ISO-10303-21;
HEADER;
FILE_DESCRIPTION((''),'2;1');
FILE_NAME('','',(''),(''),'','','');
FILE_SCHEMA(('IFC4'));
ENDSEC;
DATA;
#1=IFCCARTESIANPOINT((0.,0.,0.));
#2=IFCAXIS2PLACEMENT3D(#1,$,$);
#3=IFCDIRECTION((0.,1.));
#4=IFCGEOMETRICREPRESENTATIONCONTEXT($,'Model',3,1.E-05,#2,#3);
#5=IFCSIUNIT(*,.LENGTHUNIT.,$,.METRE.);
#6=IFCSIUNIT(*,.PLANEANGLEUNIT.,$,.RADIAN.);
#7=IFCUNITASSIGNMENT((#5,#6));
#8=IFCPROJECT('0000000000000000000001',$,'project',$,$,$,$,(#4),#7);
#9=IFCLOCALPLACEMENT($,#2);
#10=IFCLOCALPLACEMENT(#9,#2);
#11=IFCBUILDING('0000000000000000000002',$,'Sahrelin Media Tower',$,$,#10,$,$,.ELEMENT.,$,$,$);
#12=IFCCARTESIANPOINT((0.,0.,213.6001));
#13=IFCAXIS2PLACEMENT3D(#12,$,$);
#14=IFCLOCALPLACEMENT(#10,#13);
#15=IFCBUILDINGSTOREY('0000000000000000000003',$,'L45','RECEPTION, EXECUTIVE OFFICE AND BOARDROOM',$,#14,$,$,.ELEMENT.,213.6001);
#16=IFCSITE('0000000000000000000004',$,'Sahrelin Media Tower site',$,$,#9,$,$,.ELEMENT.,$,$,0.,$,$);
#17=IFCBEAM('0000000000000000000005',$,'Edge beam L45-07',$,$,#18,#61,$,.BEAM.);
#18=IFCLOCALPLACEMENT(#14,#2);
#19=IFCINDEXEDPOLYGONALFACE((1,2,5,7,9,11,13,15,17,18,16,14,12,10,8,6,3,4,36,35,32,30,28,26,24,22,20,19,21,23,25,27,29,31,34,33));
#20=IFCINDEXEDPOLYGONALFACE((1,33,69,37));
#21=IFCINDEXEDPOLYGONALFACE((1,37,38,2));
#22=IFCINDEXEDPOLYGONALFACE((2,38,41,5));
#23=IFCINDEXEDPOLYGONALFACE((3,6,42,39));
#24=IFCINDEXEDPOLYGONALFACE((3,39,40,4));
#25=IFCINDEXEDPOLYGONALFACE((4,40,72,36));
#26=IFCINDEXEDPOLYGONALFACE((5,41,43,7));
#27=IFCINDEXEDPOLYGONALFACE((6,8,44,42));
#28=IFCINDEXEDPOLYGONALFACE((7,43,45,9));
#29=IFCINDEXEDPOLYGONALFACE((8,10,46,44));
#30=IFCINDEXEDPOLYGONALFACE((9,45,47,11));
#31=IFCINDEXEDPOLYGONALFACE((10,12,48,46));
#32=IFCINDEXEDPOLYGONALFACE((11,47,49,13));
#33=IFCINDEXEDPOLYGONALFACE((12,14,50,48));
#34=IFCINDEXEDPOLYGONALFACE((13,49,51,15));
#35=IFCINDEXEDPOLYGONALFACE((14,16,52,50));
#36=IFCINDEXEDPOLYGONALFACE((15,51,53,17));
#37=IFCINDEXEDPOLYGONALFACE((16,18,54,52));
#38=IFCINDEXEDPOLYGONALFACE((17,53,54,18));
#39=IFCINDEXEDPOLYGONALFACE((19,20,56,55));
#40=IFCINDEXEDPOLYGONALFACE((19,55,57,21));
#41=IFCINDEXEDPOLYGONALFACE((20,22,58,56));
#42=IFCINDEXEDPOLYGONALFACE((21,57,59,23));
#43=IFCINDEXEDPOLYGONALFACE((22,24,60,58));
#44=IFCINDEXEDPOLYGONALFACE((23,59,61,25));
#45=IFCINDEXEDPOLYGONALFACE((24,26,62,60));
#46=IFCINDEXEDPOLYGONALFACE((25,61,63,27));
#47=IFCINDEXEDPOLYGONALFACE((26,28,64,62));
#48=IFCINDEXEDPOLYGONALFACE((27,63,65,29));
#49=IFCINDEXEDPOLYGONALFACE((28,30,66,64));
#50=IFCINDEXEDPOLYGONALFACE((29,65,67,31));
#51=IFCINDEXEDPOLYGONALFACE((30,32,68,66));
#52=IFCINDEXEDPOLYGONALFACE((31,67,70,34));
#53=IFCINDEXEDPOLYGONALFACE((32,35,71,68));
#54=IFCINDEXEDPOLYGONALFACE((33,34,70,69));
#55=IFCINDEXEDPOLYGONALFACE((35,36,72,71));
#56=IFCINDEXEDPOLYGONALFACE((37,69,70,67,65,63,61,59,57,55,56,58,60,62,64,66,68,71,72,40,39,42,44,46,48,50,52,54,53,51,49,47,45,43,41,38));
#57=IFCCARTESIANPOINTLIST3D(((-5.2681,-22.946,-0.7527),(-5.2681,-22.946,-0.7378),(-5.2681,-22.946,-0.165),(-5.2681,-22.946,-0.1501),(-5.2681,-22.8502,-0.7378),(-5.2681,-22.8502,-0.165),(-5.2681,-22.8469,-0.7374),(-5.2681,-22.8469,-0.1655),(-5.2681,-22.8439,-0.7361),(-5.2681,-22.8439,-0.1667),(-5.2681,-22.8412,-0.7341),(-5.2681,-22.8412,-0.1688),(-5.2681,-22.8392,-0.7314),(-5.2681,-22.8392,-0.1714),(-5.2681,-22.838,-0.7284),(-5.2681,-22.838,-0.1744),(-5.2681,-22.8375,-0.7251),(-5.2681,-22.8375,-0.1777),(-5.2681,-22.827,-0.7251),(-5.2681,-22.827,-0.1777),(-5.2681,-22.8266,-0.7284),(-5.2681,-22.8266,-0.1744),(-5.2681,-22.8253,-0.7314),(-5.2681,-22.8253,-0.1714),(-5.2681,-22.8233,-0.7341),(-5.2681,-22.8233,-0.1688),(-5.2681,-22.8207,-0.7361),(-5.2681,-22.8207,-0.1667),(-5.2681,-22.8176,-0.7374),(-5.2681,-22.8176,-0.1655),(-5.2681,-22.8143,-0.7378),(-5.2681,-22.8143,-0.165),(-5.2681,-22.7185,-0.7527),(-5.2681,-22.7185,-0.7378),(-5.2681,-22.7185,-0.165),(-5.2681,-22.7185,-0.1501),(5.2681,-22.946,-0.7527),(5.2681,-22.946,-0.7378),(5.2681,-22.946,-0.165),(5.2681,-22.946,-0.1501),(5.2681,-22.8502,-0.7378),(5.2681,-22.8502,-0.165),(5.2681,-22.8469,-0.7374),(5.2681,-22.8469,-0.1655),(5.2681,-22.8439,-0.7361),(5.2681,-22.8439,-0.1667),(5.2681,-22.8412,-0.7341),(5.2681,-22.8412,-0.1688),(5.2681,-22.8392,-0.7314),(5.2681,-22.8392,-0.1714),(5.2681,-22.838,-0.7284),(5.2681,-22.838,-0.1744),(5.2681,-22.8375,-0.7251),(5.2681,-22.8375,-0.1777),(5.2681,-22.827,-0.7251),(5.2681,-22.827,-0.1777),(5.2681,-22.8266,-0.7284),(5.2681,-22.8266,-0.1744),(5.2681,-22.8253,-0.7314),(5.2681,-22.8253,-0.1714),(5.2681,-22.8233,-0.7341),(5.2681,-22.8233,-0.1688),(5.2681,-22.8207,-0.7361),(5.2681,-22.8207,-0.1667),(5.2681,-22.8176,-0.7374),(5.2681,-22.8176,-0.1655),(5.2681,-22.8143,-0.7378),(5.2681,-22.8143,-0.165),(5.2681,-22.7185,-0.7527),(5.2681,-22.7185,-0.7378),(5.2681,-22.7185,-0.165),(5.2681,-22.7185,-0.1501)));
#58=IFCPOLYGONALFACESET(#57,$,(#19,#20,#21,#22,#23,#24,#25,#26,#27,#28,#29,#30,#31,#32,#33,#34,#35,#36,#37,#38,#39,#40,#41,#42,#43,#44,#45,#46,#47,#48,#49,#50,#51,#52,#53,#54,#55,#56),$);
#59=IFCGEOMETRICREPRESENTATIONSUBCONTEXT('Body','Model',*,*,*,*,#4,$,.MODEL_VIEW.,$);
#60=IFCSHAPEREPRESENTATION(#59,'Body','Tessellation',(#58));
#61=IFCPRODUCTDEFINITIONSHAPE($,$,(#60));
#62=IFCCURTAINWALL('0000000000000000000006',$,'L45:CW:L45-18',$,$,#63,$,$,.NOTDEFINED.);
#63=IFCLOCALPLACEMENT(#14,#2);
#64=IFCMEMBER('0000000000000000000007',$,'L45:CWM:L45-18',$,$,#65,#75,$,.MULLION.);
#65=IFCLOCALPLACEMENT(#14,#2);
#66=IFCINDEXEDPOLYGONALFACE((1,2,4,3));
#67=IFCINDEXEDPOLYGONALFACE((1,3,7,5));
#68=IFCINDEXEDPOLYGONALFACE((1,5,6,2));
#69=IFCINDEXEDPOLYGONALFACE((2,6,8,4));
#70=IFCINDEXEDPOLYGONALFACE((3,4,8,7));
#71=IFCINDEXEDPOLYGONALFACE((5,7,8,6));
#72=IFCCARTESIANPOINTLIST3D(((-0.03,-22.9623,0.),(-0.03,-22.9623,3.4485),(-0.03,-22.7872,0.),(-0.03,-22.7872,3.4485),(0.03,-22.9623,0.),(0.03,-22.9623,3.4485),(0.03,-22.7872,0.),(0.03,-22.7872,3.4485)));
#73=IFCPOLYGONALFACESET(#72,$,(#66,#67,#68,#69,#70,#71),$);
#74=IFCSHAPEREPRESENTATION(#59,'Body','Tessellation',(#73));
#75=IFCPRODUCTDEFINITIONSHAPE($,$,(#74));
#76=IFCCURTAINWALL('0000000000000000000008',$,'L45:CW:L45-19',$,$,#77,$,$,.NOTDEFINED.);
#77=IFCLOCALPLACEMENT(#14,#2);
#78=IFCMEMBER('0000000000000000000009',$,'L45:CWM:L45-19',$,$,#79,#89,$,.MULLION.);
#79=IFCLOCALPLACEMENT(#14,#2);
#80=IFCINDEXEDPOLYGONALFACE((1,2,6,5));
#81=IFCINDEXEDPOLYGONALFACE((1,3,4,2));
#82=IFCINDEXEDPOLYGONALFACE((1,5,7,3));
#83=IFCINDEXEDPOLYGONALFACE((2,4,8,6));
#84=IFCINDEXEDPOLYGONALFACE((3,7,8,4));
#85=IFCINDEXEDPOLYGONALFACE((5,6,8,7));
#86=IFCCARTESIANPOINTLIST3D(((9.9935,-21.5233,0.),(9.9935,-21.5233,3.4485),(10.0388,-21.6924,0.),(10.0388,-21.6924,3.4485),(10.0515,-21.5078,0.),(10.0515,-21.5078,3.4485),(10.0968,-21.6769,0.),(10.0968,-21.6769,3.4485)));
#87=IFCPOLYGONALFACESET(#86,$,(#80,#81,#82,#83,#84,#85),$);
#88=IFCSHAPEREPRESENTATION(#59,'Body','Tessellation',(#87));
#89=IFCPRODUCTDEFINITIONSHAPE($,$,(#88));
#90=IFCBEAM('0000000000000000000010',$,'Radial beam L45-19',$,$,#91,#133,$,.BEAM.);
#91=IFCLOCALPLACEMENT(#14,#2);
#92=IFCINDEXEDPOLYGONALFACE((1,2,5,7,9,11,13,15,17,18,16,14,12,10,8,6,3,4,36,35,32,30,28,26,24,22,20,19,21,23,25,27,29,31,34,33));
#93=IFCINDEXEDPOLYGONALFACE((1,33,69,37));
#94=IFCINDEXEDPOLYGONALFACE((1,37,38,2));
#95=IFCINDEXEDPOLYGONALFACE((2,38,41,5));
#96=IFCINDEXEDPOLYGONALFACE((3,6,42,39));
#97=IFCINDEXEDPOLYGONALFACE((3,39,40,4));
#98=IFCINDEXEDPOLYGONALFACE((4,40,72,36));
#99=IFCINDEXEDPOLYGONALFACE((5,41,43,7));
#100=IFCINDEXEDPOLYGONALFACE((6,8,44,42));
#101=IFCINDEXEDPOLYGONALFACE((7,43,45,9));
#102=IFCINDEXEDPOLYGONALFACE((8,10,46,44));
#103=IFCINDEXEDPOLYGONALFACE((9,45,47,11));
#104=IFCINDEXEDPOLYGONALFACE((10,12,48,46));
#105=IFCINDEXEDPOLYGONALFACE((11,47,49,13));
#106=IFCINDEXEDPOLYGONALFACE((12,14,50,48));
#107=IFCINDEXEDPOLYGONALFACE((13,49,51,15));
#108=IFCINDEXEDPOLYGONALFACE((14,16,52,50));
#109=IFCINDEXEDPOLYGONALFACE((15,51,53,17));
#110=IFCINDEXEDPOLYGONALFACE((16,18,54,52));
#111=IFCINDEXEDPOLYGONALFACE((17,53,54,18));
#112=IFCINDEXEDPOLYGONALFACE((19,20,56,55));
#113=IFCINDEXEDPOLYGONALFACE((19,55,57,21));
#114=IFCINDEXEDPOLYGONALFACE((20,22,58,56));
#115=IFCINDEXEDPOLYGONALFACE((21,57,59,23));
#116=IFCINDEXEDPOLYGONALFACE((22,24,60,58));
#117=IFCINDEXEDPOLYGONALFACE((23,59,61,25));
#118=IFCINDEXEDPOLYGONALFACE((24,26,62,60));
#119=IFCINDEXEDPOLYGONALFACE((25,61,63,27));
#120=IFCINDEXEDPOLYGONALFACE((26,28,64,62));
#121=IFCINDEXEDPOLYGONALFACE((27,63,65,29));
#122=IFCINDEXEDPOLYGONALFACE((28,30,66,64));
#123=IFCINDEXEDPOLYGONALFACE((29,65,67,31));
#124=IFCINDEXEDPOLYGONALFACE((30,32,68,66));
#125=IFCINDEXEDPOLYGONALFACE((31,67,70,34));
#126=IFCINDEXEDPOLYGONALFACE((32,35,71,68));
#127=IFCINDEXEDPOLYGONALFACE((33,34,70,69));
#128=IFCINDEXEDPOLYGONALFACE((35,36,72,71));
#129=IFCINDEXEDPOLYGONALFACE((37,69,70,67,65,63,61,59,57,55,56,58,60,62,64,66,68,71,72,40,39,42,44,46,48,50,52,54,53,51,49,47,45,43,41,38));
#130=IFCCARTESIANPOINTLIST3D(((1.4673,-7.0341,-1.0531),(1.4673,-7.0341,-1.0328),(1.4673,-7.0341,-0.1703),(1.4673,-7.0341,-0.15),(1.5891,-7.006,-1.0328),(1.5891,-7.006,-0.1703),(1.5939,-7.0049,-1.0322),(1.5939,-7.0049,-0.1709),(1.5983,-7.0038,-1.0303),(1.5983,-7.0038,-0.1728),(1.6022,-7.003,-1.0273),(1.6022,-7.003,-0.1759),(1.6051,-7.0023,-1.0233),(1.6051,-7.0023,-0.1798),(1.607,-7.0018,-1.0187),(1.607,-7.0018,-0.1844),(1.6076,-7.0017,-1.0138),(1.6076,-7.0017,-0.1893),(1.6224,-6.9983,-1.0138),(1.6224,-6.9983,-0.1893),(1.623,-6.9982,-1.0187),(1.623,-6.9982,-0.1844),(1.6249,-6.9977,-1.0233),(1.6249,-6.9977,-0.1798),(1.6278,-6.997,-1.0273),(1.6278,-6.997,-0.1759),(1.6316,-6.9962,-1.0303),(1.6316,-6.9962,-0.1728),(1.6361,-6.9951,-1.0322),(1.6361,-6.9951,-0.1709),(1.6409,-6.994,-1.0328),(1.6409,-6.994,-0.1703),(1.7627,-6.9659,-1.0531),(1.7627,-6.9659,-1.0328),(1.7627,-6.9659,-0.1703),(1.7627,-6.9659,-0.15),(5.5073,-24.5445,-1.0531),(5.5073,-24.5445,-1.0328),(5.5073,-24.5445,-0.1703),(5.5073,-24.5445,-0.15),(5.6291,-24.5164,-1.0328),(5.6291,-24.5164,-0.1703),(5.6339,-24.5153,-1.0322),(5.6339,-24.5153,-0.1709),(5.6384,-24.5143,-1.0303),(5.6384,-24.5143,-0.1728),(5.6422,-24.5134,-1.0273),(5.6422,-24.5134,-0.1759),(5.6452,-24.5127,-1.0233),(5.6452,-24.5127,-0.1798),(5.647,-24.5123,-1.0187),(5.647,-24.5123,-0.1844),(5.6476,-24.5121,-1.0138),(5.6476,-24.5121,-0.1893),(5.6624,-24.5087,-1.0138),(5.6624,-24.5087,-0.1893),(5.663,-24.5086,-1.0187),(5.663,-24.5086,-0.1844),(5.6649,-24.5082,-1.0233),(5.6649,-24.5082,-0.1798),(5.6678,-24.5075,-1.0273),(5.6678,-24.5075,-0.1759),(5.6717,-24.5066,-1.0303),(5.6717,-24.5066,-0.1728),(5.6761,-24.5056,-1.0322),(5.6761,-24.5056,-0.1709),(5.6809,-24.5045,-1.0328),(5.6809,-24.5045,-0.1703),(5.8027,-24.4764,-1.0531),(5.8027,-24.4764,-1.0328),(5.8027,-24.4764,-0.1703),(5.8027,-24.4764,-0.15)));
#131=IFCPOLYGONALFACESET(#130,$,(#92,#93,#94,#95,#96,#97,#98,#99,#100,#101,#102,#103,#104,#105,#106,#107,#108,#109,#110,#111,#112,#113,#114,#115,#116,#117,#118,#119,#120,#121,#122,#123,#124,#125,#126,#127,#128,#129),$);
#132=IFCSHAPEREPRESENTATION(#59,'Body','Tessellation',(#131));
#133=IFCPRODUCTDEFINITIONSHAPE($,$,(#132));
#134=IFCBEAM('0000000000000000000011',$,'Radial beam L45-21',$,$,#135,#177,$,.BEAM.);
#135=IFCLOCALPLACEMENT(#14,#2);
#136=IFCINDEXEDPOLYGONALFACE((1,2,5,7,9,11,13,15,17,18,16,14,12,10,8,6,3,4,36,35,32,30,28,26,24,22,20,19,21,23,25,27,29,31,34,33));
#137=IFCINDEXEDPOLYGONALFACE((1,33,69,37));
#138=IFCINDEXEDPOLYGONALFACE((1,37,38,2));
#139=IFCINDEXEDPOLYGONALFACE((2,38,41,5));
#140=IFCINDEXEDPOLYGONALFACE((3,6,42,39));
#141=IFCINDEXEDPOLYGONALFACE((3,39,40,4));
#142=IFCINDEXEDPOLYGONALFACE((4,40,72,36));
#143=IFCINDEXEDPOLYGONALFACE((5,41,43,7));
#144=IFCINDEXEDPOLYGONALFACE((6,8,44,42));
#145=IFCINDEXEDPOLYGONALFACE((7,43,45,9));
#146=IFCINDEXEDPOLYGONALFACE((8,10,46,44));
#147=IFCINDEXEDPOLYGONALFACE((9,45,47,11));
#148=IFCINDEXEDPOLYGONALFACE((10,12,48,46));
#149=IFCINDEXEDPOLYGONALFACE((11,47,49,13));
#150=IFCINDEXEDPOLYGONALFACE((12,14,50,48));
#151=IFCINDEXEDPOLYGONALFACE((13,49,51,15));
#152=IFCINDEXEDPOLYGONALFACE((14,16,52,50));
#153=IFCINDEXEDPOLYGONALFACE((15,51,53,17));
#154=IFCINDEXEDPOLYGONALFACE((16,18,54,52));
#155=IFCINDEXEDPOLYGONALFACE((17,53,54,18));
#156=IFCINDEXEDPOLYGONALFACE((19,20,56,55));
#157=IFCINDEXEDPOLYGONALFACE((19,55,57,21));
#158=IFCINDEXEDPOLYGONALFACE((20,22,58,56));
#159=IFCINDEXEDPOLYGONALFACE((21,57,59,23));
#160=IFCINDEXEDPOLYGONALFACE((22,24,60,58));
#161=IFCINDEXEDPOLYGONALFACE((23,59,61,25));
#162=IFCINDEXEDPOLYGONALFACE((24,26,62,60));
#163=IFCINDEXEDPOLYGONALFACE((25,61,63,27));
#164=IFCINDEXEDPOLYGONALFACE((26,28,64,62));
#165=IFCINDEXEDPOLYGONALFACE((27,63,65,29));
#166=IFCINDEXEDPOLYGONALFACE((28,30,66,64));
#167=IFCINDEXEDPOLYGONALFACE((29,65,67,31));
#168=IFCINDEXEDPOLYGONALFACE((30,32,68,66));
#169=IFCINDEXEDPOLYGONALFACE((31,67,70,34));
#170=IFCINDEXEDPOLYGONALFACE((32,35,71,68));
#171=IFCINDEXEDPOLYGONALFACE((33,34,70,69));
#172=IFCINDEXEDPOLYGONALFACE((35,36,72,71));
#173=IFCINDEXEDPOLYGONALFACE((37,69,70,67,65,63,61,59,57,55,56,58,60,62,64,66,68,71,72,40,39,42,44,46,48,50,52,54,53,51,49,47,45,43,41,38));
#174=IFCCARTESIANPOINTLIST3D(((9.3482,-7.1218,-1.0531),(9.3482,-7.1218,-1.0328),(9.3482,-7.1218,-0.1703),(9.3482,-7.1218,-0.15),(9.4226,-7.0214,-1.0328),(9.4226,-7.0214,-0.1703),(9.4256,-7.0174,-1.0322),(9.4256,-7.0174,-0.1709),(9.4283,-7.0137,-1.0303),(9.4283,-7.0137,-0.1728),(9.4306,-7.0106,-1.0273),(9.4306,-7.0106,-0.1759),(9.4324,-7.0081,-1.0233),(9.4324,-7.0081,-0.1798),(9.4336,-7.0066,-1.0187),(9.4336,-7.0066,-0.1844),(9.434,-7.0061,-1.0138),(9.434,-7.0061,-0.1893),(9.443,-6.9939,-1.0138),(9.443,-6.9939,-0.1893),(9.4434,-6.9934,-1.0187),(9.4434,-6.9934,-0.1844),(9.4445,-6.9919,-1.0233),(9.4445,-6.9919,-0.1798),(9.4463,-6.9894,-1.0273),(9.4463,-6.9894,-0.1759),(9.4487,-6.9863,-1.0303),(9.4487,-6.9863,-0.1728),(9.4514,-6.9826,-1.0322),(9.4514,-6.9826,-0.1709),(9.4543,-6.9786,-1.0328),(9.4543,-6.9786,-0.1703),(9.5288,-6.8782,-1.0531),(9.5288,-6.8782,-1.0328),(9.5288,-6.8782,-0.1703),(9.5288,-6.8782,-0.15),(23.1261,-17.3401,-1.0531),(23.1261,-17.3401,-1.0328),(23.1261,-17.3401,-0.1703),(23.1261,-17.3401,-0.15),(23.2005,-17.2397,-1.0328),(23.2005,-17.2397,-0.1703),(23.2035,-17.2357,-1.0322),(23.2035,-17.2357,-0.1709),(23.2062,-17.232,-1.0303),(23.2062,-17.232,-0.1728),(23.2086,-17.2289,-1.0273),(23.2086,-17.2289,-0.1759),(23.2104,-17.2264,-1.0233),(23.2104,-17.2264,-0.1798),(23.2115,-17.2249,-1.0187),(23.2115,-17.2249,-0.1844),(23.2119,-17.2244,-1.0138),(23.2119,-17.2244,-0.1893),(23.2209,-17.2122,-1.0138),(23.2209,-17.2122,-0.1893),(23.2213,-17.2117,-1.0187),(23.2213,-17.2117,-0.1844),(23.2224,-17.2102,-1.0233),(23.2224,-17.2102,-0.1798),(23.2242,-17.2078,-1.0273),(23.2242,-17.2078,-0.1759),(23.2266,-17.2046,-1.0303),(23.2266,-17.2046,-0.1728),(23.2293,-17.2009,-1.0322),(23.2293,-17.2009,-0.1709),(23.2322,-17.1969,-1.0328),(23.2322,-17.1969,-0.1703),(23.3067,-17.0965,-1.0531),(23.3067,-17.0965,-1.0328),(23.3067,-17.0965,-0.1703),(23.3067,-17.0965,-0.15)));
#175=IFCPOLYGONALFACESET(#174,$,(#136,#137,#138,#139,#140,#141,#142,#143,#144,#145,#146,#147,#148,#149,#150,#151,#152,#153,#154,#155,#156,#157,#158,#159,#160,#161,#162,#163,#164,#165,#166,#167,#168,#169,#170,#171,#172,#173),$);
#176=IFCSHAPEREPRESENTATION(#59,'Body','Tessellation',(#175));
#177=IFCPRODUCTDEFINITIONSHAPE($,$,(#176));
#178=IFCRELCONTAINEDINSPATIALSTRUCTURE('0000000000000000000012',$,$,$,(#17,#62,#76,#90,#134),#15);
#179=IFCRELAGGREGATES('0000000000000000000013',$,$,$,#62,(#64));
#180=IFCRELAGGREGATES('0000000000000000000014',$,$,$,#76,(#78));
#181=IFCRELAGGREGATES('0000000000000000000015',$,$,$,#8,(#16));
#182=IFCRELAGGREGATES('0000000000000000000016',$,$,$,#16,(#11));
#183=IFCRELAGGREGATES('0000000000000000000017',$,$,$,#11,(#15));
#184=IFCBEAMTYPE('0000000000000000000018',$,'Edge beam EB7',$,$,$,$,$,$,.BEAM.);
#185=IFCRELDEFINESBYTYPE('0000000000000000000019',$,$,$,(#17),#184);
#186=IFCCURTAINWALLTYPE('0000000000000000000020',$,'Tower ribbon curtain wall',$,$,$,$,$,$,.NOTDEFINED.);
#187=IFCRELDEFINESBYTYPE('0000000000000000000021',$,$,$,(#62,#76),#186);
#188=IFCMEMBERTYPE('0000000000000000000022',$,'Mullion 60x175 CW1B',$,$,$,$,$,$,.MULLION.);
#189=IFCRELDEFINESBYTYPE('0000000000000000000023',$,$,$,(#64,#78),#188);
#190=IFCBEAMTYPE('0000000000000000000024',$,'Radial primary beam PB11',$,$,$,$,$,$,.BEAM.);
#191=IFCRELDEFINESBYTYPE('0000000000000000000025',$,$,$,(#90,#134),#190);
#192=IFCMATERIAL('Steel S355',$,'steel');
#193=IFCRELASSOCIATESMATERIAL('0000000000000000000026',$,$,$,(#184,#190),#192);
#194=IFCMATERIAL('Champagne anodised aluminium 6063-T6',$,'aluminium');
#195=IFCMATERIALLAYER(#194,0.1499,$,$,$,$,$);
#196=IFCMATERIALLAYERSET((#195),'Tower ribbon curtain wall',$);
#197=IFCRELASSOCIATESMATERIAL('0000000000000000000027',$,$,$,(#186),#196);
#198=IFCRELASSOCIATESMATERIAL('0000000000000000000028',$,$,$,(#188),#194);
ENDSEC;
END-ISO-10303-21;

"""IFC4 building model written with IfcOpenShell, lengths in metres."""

from ifc_helpers import new_model, si_unit, direction, frame, origin, origin_2d, place, context, subcontext, project, spatial, rectangle, i_section, extrude, material, layer, layer_set, material_profile, profile_set, type_object, element, aggregate, save


model = new_model("IFC4")

# Units and contexts
model_context = context("Model", 3, precision=1e-05, world=origin(), true_north=direction((0.0, 1.0)))
body_context = subcontext(model_context, "Body", "Model", "MODEL_VIEW")
ifc_project = project(units=[si_unit("LENGTHUNIT", "METRE"), si_unit("PLANEANGLEUNIT", "RADIAN")], contexts=[model_context])

# Site, building, storey
site_placement = place(None, origin())
site = spatial("IfcSite", under=ifc_project, at=site_placement, Name="Sahrelin Media Tower site", CompositionType="ELEMENT", RefElevation=0.0)
building_placement = place(site_placement, origin())
building = spatial("IfcBuilding", under=site, at=building_placement, Name="Sahrelin Media Tower", CompositionType="ELEMENT")
storey_placement = place(building_placement, frame((0.0, 0.0, 213.6001)))
storey = spatial("IfcBuildingStorey", under=building, at=storey_placement, Name="L45", Description="RECEPTION, EXECUTIVE OFFICE AND BOARDROOM", CompositionType="ELEMENT", Elevation=213.6001)

# Beam
ifc_material_1 = material(Name="Steel S355", Category="steel")
ifc_material_profile_1 = material_profile(ifc_material_1, i_section(OverallWidth=0.2275, OverallDepth=0.6025, WebThickness=0.0105, FlangeThickness=0.0149, FilletRadius=0.0127, at=origin_2d()), Name="UB 610x229x101")
ifc_profile_set_1 = profile_set([ifc_material_profile_1], Name="Steel S355")
beam_type_1 = type_object("IfcBeamType", Name="Edge beam EB7", PredefinedType="BEAM", material=ifc_profile_set_1)
beam_1_placement = place(storey_placement, frame((5.2681, -22.8323, -0.4514), z_axis=(-1.0, 0.0, 0.0), x_axis=(0.0, -1.0, 0.0)))
element("IfcBeam", 1, at=beam_1_placement, inside=storey, type_object=beam_type_1, Name="Edge beam L45-07", PredefinedType="BEAM", context=body_context, shape_type="SweptSolid", body=[
    extrude(i_section(OverallWidth=0.2275, OverallDepth=0.6025, WebThickness=0.0105, FlangeThickness=0.0149, FilletRadius=0.0127, at=origin_2d()), origin(), (0.0, 0.0, 1.0), 10.5361),
])

# Curtain walls, members
ifc_material_2 = material(Name="Champagne anodised aluminium 6063-T6", Category="aluminium")
ifc_layer_1 = layer(ifc_material_2, 0.1499)
ifc_layer_set_1 = layer_set([ifc_layer_1], Name="Tower ribbon curtain wall")
curtain_wall_type = type_object("IfcCurtainWallType", Name="Tower ribbon curtain wall", PredefinedType="NOTDEFINED", material=ifc_layer_set_1)
curtain_wall_1_placement = place(storey_placement, frame((0.0, -22.9822, 0.0), z_axis=(0.0, 0.0, 1.0), x_axis=(1.0, 0.0, 0.0)))
curtain_wall_1 = element("IfcCurtainWall", 2, at=curtain_wall_1_placement, inside=storey, type_object=curtain_wall_type, Name="L45:CW:L45-18", PredefinedType="NOTDEFINED")
ifc_material_profile_2 = material_profile(ifc_material_2, rectangle(XDim=0.0601, YDim=0.175, at=origin_2d()), Name="Mullion 60x175")
ifc_profile_set_2 = profile_set([ifc_material_profile_2], Name="Champagne anodised aluminium 6063-T6")
member_type_1 = type_object("IfcMemberType", Name="Mullion 60x175 CW1B", PredefinedType="MULLION", material=ifc_profile_set_2)
member_1_placement = place(storey_placement, frame((0.0, -22.8748, 0.0), z_axis=(0.0, 0.0, 1.0), x_axis=(1.0, 0.0, 0.0)))
member_1 = element("IfcMember", 3, at=member_1_placement, type_object=member_type_1, Name="L45:CWM:L45-18", PredefinedType="MULLION", context=body_context, shape_type="SweptSolid", body=[
    extrude(rectangle(XDim=0.0601, YDim=0.175, at=origin_2d()), origin(), (0.0, 0.0, 1.0), 3.4485),
])
aggregate(curtain_wall_1, [member_1])
curtain_wall_2_placement = place(storey_placement, frame((10.073, -21.7039, 0.0), z_axis=(0.0, 0.0, 1.0), x_axis=(1.0, 0.0, 0.0)))
curtain_wall_2 = element("IfcCurtainWall", 4, at=curtain_wall_2_placement, inside=storey, type_object=curtain_wall_type, Name="L45:CW:L45-19", PredefinedType="NOTDEFINED")
member_2_placement = place(storey_placement, frame((10.0452, -21.6001, 0.0), z_axis=(0.0, 0.0, 1.0), x_axis=(0.965925, 0.258821, 0.0)))
member_2 = element("IfcMember", 5, at=member_2_placement, type_object=member_type_1, Name="L45:CWM:L45-19", PredefinedType="MULLION", context=body_context, shape_type="SweptSolid", body=[
    extrude(rectangle(XDim=0.0601, YDim=0.175, at=origin_2d()), origin(), (0.0, 0.0, 1.0), 3.4485),
])

# Beams
ifc_material_profile_3 = material_profile(ifc_material_1, i_section(OverallWidth=0.3032, OverallDepth=0.9031, WebThickness=0.0151, FlangeThickness=0.0203, FilletRadius=0.019, at=origin_2d()), Name="UB 914x305x201")
ifc_profile_set_3 = profile_set([ifc_material_profile_3], Name="Steel S355")
beam_type_2 = type_object("IfcBeamType", Name="Radial primary beam PB11", PredefinedType="BEAM", material=ifc_profile_set_3)
beam_2_placement = place(storey_placement, frame((1.615, -7.0, -0.6016), z_axis=(0.224815, -0.974401, 0.0), x_axis=(0.974401, 0.224815, 0.0)))
element("IfcBeam", 6, at=beam_2_placement, inside=storey, type_object=beam_type_2, Name="Radial beam L45-19", PredefinedType="BEAM", context=body_context, shape_type="SweptSolid", body=[
    extrude(i_section(OverallWidth=0.3032, OverallDepth=0.9031, WebThickness=0.0151, FlangeThickness=0.0203, FilletRadius=0.019, at=origin_2d()), origin(), (0.0, 0.0, 1.0), 17.9705),
])
beam_3_placement = place(storey_placement, frame((9.4385, -7.0, -0.6016), z_axis=(0.80321, -0.595696, 0.0), x_axis=(0.595696, 0.80321, 0.0)))
element("IfcBeam", 7, at=beam_3_placement, inside=storey, type_object=beam_type_2, Name="Radial beam L45-21", PredefinedType="BEAM", context=body_context, shape_type="SweptSolid", body=[
    extrude(i_section(OverallWidth=0.3032, OverallDepth=0.9031, WebThickness=0.0151, FlangeThickness=0.0203, FilletRadius=0.019, at=origin_2d()), origin(), (0.0, 0.0, 1.0), 17.1536),
])

aggregate(curtain_wall_2, [member_2])

save(model, "model.ifc")
